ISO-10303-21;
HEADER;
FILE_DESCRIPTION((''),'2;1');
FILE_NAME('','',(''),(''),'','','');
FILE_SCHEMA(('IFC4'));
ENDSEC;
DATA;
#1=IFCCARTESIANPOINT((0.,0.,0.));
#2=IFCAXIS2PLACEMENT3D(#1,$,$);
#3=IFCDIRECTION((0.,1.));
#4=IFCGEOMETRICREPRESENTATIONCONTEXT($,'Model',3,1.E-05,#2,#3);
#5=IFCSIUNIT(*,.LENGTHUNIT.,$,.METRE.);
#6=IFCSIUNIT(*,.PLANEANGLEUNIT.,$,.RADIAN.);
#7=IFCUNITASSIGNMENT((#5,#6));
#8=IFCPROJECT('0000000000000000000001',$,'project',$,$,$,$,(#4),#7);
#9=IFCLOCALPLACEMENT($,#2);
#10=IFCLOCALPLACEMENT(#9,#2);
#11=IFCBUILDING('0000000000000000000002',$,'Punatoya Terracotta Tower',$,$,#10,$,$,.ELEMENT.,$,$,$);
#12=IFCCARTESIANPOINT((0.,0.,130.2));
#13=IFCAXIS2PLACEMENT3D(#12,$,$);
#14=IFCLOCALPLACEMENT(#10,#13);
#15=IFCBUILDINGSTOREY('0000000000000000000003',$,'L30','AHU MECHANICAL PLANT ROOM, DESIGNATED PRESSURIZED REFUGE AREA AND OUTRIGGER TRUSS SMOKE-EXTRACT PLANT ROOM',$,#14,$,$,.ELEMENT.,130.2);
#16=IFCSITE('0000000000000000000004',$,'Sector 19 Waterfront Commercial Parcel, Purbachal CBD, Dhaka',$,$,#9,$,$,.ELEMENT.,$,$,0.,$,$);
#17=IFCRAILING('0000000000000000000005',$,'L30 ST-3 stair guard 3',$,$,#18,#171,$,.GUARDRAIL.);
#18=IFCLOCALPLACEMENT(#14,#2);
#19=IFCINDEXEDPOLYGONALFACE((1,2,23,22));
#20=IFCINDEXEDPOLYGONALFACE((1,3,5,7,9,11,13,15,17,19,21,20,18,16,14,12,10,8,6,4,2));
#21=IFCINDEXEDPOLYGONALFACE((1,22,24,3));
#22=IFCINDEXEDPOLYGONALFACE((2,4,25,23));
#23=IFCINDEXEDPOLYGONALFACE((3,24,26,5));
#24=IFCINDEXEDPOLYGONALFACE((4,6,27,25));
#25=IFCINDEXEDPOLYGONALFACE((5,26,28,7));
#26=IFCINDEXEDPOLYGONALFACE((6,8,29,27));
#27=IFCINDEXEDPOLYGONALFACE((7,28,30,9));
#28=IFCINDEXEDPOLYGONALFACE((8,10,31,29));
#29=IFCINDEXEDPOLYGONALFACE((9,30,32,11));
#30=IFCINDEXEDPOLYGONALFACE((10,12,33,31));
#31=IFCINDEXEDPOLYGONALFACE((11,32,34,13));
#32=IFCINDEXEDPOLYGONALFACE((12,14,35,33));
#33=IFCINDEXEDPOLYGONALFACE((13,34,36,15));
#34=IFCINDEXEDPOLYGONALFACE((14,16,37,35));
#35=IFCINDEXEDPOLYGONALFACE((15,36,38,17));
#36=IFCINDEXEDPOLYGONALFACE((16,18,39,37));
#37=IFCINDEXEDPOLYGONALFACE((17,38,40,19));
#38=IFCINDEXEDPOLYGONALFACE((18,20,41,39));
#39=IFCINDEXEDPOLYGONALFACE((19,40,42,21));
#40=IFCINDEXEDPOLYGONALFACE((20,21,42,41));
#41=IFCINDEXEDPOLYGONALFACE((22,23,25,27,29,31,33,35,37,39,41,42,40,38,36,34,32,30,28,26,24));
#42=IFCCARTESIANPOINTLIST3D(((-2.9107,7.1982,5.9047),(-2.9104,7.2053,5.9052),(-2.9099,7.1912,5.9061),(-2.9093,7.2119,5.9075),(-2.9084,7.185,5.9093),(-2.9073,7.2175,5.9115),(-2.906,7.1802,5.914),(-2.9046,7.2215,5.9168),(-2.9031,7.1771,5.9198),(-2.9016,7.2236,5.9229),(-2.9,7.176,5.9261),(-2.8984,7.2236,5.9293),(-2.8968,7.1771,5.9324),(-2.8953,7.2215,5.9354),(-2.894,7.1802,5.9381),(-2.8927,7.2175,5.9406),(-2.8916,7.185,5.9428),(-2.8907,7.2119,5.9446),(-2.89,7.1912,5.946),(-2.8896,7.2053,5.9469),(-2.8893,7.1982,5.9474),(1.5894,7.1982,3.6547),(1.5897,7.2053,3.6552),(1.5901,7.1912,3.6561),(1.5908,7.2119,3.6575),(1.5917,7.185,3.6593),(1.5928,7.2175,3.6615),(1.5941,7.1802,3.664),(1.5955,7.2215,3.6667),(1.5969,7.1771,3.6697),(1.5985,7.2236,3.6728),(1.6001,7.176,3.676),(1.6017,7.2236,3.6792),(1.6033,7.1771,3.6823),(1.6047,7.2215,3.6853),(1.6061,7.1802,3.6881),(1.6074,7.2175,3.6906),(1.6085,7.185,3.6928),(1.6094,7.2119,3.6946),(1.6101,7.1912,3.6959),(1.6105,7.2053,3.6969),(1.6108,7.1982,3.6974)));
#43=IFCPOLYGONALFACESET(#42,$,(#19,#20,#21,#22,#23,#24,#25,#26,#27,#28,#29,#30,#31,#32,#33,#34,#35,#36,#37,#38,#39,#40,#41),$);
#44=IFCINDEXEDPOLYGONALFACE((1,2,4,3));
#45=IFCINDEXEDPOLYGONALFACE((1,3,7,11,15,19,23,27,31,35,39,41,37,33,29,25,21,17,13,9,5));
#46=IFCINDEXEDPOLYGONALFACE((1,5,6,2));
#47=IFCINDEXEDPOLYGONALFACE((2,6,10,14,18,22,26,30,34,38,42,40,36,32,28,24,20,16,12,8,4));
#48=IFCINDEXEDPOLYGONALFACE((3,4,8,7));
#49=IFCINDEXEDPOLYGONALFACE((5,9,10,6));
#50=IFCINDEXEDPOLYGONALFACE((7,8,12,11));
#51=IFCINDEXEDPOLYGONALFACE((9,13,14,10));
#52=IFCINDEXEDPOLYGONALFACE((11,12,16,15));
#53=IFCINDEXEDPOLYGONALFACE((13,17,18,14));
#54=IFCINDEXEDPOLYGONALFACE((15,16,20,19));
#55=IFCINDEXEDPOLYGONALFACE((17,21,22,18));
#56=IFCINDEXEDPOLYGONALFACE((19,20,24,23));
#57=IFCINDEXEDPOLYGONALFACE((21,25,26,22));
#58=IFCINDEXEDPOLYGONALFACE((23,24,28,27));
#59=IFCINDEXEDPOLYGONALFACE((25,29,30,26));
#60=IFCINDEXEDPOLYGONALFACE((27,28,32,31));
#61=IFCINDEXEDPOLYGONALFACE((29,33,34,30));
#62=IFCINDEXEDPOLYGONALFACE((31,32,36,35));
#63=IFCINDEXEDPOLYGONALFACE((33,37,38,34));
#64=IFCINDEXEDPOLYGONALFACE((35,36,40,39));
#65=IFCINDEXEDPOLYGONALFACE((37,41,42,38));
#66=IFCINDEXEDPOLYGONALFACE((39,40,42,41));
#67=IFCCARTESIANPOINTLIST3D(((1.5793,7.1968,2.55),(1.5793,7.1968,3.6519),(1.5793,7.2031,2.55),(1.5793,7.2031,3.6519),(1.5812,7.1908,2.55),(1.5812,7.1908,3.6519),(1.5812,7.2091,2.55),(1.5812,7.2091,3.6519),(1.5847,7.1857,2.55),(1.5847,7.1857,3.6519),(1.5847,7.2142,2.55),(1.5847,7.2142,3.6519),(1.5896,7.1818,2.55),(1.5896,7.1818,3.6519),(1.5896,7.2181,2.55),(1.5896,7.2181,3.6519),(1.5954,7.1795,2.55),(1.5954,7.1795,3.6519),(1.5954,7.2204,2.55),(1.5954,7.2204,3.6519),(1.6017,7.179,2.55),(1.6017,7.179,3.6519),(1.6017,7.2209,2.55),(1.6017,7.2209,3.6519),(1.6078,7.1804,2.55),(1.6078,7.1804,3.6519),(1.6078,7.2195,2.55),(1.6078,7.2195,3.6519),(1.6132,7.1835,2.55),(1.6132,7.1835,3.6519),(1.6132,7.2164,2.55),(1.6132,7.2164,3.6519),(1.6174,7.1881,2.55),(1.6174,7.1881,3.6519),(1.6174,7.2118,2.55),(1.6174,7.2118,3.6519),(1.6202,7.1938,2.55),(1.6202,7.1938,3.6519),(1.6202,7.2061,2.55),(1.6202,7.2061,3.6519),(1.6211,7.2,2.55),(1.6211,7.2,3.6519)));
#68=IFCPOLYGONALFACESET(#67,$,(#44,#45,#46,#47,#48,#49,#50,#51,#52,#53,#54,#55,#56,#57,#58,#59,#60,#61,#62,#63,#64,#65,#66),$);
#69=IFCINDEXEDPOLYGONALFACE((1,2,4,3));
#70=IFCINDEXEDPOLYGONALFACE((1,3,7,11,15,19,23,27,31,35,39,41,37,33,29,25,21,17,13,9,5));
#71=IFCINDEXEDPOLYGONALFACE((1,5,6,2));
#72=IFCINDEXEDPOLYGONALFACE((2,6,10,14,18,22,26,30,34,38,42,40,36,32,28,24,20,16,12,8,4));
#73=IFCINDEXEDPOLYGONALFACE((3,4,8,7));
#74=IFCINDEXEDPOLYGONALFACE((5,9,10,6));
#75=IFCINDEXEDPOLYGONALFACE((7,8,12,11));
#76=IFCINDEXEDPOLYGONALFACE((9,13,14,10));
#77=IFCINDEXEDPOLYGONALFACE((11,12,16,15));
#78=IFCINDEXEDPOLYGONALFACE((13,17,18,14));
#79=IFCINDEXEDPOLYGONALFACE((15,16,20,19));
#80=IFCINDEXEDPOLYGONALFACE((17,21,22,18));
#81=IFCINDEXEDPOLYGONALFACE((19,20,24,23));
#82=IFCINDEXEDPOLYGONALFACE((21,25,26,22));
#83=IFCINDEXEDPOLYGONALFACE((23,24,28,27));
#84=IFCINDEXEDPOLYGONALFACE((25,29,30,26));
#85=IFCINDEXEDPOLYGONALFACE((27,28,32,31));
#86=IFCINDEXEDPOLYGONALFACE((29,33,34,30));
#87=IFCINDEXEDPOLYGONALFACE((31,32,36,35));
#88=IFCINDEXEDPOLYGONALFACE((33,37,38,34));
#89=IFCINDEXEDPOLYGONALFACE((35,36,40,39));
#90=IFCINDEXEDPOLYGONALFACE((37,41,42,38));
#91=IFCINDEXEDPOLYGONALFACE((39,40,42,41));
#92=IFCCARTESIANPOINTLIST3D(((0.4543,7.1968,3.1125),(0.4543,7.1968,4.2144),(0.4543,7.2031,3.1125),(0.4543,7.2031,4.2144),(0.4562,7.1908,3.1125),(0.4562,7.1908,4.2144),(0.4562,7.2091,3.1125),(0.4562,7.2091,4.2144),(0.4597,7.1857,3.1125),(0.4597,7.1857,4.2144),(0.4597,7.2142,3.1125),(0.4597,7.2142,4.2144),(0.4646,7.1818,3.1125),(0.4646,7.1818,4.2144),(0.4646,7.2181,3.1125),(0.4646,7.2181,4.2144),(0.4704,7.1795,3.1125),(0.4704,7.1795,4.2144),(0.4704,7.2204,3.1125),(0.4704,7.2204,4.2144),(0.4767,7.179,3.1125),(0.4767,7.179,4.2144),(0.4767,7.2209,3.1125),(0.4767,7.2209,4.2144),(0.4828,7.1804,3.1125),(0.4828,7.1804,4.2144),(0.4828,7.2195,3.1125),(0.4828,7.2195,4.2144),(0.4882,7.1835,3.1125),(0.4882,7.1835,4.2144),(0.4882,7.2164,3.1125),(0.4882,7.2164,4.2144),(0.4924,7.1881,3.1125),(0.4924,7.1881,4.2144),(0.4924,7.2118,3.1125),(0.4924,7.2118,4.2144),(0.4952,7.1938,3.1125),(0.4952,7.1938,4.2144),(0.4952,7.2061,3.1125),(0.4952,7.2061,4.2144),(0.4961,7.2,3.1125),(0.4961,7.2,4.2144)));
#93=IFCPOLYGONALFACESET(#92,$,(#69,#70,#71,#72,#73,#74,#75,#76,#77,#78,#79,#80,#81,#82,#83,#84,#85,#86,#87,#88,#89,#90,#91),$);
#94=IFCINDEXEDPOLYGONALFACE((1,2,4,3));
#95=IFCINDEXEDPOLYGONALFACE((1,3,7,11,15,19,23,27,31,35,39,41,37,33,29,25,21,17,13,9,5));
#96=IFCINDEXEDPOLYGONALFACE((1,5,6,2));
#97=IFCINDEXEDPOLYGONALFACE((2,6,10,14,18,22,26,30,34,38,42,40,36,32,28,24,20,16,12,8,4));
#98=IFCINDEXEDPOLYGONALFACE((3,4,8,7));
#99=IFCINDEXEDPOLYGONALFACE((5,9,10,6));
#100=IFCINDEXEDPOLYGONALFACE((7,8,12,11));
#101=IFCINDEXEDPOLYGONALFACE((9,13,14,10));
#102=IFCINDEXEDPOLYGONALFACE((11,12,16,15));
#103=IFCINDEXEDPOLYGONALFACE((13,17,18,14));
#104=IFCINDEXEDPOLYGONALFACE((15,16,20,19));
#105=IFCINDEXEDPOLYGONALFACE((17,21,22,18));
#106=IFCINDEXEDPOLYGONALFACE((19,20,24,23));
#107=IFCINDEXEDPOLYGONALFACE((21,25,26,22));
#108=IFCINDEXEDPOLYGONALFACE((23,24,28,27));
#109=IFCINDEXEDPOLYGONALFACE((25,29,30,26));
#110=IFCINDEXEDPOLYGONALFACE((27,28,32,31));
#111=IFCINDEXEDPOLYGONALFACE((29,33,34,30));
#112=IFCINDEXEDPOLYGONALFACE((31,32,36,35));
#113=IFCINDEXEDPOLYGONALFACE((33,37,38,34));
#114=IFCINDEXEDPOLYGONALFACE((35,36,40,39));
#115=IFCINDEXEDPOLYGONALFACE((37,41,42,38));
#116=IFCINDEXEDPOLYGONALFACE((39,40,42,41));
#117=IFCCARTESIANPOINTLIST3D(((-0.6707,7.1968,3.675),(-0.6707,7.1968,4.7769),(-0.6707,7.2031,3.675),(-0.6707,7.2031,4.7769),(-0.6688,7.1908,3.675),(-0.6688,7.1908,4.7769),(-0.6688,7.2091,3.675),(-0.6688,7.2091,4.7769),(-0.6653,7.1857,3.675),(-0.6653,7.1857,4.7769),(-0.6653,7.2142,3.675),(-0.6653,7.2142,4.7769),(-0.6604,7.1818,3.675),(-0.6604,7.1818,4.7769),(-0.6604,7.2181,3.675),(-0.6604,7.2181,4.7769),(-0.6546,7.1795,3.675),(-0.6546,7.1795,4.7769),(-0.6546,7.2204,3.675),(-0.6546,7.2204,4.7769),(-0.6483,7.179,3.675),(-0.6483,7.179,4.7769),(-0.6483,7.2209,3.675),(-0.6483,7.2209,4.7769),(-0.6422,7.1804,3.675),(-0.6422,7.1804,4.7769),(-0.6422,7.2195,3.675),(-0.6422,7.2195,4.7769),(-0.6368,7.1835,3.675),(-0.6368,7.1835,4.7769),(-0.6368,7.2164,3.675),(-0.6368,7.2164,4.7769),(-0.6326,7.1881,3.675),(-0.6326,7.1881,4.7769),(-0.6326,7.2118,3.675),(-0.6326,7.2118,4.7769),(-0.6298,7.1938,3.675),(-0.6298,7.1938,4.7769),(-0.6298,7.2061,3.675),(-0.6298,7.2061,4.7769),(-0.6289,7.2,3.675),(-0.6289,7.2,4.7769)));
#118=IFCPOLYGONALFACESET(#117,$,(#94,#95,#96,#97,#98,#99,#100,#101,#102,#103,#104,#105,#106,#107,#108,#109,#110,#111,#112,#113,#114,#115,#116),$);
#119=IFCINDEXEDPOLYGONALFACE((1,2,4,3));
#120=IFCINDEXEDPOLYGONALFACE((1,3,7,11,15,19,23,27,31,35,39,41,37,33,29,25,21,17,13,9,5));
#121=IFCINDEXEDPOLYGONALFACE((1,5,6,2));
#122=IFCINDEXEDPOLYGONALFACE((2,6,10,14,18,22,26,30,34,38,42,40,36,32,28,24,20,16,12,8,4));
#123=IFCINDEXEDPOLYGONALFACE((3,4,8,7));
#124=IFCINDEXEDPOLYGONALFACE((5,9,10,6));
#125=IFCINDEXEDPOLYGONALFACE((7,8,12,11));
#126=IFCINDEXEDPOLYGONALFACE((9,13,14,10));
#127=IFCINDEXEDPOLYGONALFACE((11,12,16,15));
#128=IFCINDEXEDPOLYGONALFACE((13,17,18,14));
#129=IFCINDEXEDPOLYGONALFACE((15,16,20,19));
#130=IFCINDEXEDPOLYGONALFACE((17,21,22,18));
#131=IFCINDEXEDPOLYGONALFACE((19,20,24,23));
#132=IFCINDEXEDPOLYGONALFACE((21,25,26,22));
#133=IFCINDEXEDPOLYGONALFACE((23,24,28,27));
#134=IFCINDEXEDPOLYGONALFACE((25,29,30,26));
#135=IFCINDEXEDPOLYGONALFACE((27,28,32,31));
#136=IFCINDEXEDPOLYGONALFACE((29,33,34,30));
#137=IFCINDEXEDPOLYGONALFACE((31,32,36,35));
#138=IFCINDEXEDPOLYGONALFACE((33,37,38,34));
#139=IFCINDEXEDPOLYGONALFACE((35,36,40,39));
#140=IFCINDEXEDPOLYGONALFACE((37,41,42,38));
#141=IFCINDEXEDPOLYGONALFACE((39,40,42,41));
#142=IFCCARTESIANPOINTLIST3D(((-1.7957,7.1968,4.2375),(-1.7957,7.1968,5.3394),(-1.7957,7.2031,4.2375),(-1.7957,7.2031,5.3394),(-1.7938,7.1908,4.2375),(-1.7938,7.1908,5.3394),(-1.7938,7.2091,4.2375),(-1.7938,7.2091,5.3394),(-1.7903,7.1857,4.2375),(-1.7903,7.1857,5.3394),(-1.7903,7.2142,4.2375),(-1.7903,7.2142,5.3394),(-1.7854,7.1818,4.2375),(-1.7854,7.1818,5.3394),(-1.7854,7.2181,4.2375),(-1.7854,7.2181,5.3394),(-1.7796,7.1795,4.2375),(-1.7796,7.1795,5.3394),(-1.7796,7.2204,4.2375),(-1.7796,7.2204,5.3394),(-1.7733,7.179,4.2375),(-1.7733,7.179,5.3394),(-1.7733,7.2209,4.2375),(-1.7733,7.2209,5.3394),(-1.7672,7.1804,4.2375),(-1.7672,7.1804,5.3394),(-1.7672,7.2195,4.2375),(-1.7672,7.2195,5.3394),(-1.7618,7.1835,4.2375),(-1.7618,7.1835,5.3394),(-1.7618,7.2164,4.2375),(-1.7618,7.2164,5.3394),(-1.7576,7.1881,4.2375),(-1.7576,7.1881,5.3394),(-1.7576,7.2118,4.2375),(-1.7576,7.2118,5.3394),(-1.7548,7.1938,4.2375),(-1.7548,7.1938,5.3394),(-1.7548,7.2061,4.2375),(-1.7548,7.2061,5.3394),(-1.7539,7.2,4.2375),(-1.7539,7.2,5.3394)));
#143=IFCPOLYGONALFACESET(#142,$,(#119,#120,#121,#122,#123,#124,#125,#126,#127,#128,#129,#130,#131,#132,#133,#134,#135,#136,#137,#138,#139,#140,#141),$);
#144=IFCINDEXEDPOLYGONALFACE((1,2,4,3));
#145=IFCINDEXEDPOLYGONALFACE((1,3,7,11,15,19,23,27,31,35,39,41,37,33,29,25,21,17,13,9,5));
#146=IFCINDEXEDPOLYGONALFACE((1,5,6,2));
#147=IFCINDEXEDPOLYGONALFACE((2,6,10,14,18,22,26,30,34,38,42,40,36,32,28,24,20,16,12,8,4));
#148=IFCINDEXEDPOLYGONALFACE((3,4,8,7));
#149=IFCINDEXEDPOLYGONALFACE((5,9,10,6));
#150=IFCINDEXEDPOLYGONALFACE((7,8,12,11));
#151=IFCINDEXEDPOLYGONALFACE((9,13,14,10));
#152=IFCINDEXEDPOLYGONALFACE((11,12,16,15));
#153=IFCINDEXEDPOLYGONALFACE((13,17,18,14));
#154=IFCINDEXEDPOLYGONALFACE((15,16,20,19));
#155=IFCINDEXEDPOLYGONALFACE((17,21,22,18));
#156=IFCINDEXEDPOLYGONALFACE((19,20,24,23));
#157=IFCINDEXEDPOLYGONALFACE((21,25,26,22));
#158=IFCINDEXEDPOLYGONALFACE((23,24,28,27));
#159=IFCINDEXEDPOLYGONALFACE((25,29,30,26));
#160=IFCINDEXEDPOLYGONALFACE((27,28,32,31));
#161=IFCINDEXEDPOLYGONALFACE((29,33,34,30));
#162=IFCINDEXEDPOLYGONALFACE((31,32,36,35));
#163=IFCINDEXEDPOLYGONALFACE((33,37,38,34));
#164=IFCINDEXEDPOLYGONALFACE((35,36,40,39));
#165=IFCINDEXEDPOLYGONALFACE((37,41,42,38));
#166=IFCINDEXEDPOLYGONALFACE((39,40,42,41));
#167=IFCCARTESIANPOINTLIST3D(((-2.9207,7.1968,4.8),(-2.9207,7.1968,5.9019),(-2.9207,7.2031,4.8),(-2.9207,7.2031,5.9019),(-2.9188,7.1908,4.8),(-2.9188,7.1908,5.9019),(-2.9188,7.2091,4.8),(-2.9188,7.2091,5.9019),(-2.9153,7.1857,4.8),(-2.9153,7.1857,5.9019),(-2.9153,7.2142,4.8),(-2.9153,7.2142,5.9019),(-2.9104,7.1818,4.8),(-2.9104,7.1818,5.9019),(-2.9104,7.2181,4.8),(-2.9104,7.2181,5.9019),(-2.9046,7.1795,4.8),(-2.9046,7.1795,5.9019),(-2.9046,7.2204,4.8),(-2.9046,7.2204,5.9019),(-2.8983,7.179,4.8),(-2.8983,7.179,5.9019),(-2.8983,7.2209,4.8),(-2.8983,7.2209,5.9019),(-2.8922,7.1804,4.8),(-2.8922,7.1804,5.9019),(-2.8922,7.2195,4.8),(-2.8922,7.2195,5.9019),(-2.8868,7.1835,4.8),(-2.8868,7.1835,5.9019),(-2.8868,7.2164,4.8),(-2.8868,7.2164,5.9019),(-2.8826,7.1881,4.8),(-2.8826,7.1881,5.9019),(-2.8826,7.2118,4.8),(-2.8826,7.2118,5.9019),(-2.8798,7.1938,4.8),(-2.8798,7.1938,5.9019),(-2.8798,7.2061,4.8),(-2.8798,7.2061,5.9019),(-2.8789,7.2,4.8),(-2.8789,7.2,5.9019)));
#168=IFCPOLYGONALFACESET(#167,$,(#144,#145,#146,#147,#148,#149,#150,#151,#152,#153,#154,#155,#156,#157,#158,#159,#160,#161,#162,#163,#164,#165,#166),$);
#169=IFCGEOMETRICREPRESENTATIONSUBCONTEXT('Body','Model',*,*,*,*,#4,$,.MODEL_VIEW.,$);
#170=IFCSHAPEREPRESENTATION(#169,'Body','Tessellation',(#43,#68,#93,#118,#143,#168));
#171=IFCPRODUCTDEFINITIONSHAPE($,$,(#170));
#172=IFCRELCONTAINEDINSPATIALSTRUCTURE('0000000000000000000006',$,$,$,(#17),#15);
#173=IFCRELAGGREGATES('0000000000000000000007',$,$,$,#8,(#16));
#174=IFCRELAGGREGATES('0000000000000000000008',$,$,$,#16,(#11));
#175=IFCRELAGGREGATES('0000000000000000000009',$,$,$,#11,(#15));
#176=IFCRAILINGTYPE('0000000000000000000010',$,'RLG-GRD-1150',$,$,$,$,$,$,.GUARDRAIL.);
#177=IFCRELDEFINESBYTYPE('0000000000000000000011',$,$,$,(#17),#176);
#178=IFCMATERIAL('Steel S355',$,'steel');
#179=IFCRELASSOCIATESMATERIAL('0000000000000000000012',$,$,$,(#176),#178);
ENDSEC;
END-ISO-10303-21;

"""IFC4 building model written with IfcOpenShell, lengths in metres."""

from ifc_helpers import new_model, si_unit, direction, frame, origin, origin_2d, place, context, subcontext, project, spatial, circle, extrude, material, type_object, element, save


model = new_model("IFC4")

# Units and contexts
model_context = context("Model", 3, precision=1e-05, world=origin(), true_north=direction((0.0, 1.0)))
body_context = subcontext(model_context, "Body", "Model", "MODEL_VIEW")
ifc_project = project(units=[si_unit("LENGTHUNIT", "METRE"), si_unit("PLANEANGLEUNIT", "RADIAN")], contexts=[model_context])

# Site, building, storey
site_placement = place(None, origin())
site = spatial("IfcSite", under=ifc_project, at=site_placement, Name="Sector 19 Waterfront Commercial Parcel, Purbachal CBD, Dhaka", CompositionType="ELEMENT", RefElevation=0.0)
building_placement = place(site_placement, origin())
building = spatial("IfcBuilding", under=site, at=building_placement, Name="Punatoya Terracotta Tower", CompositionType="ELEMENT")
storey_placement = place(building_placement, frame((0.0, 0.0, 130.2)))
storey = spatial("IfcBuildingStorey", under=building, at=storey_placement, Name="L30", Description="AHU MECHANICAL PLANT ROOM, DESIGNATED PRESSURIZED REFUGE AREA AND OUTRIGGER TRUSS SMOKE-EXTRACT PLANT ROOM", CompositionType="ELEMENT", Elevation=130.2)

# Shared definitions
ifc_material_1 = material(Name="Steel S355", Category="steel")

# Railing
railing_type_1 = type_object("IfcRailingType", Name="RLG-GRD-1150", PredefinedType="GUARDRAIL", material=ifc_material_1)
railing_1_placement = place(storey_placement, frame((1.6001, 7.2, 2.55)))
element("IfcRailing", 1, at=railing_1_placement, inside=storey, type_object=railing_type_1, Name="L30 ST-3 stair guard 3", PredefinedType="GUARDRAIL", context=body_context, shape_type="SweptSolid", body=[
    extrude(circle(Radius=0.0239, at=origin_2d()), frame((0.0, 0.0, 1.126), z_axis=(-0.894427, 0.0, 0.447214), x_axis=(0.0, -1.0, 0.0)), (0.0, 0.0, 1.0), 5.0312),
    extrude(circle(Radius=0.021, at=origin_2d()), origin(), (0.0, 0.0, 1.0), 1.1018),
    extrude(circle(Radius=0.021, at=origin_2d()), frame((-1.125, 0.0, 0.5625)), (0.0, 0.0, 1.0), 1.1018),
    extrude(circle(Radius=0.021, at=origin_2d()), frame((-2.25, 0.0, 1.125)), (0.0, 0.0, 1.0), 1.1018),
    extrude(circle(Radius=0.021, at=origin_2d()), frame((-3.375, 0.0, 1.6875)), (0.0, 0.0, 1.0), 1.1018),
    extrude(circle(Radius=0.021, at=origin_2d()), frame((-4.5, 0.0, 2.25)), (0.0, 0.0, 1.0), 1.1018),
])

save(model, "model.ifc")
